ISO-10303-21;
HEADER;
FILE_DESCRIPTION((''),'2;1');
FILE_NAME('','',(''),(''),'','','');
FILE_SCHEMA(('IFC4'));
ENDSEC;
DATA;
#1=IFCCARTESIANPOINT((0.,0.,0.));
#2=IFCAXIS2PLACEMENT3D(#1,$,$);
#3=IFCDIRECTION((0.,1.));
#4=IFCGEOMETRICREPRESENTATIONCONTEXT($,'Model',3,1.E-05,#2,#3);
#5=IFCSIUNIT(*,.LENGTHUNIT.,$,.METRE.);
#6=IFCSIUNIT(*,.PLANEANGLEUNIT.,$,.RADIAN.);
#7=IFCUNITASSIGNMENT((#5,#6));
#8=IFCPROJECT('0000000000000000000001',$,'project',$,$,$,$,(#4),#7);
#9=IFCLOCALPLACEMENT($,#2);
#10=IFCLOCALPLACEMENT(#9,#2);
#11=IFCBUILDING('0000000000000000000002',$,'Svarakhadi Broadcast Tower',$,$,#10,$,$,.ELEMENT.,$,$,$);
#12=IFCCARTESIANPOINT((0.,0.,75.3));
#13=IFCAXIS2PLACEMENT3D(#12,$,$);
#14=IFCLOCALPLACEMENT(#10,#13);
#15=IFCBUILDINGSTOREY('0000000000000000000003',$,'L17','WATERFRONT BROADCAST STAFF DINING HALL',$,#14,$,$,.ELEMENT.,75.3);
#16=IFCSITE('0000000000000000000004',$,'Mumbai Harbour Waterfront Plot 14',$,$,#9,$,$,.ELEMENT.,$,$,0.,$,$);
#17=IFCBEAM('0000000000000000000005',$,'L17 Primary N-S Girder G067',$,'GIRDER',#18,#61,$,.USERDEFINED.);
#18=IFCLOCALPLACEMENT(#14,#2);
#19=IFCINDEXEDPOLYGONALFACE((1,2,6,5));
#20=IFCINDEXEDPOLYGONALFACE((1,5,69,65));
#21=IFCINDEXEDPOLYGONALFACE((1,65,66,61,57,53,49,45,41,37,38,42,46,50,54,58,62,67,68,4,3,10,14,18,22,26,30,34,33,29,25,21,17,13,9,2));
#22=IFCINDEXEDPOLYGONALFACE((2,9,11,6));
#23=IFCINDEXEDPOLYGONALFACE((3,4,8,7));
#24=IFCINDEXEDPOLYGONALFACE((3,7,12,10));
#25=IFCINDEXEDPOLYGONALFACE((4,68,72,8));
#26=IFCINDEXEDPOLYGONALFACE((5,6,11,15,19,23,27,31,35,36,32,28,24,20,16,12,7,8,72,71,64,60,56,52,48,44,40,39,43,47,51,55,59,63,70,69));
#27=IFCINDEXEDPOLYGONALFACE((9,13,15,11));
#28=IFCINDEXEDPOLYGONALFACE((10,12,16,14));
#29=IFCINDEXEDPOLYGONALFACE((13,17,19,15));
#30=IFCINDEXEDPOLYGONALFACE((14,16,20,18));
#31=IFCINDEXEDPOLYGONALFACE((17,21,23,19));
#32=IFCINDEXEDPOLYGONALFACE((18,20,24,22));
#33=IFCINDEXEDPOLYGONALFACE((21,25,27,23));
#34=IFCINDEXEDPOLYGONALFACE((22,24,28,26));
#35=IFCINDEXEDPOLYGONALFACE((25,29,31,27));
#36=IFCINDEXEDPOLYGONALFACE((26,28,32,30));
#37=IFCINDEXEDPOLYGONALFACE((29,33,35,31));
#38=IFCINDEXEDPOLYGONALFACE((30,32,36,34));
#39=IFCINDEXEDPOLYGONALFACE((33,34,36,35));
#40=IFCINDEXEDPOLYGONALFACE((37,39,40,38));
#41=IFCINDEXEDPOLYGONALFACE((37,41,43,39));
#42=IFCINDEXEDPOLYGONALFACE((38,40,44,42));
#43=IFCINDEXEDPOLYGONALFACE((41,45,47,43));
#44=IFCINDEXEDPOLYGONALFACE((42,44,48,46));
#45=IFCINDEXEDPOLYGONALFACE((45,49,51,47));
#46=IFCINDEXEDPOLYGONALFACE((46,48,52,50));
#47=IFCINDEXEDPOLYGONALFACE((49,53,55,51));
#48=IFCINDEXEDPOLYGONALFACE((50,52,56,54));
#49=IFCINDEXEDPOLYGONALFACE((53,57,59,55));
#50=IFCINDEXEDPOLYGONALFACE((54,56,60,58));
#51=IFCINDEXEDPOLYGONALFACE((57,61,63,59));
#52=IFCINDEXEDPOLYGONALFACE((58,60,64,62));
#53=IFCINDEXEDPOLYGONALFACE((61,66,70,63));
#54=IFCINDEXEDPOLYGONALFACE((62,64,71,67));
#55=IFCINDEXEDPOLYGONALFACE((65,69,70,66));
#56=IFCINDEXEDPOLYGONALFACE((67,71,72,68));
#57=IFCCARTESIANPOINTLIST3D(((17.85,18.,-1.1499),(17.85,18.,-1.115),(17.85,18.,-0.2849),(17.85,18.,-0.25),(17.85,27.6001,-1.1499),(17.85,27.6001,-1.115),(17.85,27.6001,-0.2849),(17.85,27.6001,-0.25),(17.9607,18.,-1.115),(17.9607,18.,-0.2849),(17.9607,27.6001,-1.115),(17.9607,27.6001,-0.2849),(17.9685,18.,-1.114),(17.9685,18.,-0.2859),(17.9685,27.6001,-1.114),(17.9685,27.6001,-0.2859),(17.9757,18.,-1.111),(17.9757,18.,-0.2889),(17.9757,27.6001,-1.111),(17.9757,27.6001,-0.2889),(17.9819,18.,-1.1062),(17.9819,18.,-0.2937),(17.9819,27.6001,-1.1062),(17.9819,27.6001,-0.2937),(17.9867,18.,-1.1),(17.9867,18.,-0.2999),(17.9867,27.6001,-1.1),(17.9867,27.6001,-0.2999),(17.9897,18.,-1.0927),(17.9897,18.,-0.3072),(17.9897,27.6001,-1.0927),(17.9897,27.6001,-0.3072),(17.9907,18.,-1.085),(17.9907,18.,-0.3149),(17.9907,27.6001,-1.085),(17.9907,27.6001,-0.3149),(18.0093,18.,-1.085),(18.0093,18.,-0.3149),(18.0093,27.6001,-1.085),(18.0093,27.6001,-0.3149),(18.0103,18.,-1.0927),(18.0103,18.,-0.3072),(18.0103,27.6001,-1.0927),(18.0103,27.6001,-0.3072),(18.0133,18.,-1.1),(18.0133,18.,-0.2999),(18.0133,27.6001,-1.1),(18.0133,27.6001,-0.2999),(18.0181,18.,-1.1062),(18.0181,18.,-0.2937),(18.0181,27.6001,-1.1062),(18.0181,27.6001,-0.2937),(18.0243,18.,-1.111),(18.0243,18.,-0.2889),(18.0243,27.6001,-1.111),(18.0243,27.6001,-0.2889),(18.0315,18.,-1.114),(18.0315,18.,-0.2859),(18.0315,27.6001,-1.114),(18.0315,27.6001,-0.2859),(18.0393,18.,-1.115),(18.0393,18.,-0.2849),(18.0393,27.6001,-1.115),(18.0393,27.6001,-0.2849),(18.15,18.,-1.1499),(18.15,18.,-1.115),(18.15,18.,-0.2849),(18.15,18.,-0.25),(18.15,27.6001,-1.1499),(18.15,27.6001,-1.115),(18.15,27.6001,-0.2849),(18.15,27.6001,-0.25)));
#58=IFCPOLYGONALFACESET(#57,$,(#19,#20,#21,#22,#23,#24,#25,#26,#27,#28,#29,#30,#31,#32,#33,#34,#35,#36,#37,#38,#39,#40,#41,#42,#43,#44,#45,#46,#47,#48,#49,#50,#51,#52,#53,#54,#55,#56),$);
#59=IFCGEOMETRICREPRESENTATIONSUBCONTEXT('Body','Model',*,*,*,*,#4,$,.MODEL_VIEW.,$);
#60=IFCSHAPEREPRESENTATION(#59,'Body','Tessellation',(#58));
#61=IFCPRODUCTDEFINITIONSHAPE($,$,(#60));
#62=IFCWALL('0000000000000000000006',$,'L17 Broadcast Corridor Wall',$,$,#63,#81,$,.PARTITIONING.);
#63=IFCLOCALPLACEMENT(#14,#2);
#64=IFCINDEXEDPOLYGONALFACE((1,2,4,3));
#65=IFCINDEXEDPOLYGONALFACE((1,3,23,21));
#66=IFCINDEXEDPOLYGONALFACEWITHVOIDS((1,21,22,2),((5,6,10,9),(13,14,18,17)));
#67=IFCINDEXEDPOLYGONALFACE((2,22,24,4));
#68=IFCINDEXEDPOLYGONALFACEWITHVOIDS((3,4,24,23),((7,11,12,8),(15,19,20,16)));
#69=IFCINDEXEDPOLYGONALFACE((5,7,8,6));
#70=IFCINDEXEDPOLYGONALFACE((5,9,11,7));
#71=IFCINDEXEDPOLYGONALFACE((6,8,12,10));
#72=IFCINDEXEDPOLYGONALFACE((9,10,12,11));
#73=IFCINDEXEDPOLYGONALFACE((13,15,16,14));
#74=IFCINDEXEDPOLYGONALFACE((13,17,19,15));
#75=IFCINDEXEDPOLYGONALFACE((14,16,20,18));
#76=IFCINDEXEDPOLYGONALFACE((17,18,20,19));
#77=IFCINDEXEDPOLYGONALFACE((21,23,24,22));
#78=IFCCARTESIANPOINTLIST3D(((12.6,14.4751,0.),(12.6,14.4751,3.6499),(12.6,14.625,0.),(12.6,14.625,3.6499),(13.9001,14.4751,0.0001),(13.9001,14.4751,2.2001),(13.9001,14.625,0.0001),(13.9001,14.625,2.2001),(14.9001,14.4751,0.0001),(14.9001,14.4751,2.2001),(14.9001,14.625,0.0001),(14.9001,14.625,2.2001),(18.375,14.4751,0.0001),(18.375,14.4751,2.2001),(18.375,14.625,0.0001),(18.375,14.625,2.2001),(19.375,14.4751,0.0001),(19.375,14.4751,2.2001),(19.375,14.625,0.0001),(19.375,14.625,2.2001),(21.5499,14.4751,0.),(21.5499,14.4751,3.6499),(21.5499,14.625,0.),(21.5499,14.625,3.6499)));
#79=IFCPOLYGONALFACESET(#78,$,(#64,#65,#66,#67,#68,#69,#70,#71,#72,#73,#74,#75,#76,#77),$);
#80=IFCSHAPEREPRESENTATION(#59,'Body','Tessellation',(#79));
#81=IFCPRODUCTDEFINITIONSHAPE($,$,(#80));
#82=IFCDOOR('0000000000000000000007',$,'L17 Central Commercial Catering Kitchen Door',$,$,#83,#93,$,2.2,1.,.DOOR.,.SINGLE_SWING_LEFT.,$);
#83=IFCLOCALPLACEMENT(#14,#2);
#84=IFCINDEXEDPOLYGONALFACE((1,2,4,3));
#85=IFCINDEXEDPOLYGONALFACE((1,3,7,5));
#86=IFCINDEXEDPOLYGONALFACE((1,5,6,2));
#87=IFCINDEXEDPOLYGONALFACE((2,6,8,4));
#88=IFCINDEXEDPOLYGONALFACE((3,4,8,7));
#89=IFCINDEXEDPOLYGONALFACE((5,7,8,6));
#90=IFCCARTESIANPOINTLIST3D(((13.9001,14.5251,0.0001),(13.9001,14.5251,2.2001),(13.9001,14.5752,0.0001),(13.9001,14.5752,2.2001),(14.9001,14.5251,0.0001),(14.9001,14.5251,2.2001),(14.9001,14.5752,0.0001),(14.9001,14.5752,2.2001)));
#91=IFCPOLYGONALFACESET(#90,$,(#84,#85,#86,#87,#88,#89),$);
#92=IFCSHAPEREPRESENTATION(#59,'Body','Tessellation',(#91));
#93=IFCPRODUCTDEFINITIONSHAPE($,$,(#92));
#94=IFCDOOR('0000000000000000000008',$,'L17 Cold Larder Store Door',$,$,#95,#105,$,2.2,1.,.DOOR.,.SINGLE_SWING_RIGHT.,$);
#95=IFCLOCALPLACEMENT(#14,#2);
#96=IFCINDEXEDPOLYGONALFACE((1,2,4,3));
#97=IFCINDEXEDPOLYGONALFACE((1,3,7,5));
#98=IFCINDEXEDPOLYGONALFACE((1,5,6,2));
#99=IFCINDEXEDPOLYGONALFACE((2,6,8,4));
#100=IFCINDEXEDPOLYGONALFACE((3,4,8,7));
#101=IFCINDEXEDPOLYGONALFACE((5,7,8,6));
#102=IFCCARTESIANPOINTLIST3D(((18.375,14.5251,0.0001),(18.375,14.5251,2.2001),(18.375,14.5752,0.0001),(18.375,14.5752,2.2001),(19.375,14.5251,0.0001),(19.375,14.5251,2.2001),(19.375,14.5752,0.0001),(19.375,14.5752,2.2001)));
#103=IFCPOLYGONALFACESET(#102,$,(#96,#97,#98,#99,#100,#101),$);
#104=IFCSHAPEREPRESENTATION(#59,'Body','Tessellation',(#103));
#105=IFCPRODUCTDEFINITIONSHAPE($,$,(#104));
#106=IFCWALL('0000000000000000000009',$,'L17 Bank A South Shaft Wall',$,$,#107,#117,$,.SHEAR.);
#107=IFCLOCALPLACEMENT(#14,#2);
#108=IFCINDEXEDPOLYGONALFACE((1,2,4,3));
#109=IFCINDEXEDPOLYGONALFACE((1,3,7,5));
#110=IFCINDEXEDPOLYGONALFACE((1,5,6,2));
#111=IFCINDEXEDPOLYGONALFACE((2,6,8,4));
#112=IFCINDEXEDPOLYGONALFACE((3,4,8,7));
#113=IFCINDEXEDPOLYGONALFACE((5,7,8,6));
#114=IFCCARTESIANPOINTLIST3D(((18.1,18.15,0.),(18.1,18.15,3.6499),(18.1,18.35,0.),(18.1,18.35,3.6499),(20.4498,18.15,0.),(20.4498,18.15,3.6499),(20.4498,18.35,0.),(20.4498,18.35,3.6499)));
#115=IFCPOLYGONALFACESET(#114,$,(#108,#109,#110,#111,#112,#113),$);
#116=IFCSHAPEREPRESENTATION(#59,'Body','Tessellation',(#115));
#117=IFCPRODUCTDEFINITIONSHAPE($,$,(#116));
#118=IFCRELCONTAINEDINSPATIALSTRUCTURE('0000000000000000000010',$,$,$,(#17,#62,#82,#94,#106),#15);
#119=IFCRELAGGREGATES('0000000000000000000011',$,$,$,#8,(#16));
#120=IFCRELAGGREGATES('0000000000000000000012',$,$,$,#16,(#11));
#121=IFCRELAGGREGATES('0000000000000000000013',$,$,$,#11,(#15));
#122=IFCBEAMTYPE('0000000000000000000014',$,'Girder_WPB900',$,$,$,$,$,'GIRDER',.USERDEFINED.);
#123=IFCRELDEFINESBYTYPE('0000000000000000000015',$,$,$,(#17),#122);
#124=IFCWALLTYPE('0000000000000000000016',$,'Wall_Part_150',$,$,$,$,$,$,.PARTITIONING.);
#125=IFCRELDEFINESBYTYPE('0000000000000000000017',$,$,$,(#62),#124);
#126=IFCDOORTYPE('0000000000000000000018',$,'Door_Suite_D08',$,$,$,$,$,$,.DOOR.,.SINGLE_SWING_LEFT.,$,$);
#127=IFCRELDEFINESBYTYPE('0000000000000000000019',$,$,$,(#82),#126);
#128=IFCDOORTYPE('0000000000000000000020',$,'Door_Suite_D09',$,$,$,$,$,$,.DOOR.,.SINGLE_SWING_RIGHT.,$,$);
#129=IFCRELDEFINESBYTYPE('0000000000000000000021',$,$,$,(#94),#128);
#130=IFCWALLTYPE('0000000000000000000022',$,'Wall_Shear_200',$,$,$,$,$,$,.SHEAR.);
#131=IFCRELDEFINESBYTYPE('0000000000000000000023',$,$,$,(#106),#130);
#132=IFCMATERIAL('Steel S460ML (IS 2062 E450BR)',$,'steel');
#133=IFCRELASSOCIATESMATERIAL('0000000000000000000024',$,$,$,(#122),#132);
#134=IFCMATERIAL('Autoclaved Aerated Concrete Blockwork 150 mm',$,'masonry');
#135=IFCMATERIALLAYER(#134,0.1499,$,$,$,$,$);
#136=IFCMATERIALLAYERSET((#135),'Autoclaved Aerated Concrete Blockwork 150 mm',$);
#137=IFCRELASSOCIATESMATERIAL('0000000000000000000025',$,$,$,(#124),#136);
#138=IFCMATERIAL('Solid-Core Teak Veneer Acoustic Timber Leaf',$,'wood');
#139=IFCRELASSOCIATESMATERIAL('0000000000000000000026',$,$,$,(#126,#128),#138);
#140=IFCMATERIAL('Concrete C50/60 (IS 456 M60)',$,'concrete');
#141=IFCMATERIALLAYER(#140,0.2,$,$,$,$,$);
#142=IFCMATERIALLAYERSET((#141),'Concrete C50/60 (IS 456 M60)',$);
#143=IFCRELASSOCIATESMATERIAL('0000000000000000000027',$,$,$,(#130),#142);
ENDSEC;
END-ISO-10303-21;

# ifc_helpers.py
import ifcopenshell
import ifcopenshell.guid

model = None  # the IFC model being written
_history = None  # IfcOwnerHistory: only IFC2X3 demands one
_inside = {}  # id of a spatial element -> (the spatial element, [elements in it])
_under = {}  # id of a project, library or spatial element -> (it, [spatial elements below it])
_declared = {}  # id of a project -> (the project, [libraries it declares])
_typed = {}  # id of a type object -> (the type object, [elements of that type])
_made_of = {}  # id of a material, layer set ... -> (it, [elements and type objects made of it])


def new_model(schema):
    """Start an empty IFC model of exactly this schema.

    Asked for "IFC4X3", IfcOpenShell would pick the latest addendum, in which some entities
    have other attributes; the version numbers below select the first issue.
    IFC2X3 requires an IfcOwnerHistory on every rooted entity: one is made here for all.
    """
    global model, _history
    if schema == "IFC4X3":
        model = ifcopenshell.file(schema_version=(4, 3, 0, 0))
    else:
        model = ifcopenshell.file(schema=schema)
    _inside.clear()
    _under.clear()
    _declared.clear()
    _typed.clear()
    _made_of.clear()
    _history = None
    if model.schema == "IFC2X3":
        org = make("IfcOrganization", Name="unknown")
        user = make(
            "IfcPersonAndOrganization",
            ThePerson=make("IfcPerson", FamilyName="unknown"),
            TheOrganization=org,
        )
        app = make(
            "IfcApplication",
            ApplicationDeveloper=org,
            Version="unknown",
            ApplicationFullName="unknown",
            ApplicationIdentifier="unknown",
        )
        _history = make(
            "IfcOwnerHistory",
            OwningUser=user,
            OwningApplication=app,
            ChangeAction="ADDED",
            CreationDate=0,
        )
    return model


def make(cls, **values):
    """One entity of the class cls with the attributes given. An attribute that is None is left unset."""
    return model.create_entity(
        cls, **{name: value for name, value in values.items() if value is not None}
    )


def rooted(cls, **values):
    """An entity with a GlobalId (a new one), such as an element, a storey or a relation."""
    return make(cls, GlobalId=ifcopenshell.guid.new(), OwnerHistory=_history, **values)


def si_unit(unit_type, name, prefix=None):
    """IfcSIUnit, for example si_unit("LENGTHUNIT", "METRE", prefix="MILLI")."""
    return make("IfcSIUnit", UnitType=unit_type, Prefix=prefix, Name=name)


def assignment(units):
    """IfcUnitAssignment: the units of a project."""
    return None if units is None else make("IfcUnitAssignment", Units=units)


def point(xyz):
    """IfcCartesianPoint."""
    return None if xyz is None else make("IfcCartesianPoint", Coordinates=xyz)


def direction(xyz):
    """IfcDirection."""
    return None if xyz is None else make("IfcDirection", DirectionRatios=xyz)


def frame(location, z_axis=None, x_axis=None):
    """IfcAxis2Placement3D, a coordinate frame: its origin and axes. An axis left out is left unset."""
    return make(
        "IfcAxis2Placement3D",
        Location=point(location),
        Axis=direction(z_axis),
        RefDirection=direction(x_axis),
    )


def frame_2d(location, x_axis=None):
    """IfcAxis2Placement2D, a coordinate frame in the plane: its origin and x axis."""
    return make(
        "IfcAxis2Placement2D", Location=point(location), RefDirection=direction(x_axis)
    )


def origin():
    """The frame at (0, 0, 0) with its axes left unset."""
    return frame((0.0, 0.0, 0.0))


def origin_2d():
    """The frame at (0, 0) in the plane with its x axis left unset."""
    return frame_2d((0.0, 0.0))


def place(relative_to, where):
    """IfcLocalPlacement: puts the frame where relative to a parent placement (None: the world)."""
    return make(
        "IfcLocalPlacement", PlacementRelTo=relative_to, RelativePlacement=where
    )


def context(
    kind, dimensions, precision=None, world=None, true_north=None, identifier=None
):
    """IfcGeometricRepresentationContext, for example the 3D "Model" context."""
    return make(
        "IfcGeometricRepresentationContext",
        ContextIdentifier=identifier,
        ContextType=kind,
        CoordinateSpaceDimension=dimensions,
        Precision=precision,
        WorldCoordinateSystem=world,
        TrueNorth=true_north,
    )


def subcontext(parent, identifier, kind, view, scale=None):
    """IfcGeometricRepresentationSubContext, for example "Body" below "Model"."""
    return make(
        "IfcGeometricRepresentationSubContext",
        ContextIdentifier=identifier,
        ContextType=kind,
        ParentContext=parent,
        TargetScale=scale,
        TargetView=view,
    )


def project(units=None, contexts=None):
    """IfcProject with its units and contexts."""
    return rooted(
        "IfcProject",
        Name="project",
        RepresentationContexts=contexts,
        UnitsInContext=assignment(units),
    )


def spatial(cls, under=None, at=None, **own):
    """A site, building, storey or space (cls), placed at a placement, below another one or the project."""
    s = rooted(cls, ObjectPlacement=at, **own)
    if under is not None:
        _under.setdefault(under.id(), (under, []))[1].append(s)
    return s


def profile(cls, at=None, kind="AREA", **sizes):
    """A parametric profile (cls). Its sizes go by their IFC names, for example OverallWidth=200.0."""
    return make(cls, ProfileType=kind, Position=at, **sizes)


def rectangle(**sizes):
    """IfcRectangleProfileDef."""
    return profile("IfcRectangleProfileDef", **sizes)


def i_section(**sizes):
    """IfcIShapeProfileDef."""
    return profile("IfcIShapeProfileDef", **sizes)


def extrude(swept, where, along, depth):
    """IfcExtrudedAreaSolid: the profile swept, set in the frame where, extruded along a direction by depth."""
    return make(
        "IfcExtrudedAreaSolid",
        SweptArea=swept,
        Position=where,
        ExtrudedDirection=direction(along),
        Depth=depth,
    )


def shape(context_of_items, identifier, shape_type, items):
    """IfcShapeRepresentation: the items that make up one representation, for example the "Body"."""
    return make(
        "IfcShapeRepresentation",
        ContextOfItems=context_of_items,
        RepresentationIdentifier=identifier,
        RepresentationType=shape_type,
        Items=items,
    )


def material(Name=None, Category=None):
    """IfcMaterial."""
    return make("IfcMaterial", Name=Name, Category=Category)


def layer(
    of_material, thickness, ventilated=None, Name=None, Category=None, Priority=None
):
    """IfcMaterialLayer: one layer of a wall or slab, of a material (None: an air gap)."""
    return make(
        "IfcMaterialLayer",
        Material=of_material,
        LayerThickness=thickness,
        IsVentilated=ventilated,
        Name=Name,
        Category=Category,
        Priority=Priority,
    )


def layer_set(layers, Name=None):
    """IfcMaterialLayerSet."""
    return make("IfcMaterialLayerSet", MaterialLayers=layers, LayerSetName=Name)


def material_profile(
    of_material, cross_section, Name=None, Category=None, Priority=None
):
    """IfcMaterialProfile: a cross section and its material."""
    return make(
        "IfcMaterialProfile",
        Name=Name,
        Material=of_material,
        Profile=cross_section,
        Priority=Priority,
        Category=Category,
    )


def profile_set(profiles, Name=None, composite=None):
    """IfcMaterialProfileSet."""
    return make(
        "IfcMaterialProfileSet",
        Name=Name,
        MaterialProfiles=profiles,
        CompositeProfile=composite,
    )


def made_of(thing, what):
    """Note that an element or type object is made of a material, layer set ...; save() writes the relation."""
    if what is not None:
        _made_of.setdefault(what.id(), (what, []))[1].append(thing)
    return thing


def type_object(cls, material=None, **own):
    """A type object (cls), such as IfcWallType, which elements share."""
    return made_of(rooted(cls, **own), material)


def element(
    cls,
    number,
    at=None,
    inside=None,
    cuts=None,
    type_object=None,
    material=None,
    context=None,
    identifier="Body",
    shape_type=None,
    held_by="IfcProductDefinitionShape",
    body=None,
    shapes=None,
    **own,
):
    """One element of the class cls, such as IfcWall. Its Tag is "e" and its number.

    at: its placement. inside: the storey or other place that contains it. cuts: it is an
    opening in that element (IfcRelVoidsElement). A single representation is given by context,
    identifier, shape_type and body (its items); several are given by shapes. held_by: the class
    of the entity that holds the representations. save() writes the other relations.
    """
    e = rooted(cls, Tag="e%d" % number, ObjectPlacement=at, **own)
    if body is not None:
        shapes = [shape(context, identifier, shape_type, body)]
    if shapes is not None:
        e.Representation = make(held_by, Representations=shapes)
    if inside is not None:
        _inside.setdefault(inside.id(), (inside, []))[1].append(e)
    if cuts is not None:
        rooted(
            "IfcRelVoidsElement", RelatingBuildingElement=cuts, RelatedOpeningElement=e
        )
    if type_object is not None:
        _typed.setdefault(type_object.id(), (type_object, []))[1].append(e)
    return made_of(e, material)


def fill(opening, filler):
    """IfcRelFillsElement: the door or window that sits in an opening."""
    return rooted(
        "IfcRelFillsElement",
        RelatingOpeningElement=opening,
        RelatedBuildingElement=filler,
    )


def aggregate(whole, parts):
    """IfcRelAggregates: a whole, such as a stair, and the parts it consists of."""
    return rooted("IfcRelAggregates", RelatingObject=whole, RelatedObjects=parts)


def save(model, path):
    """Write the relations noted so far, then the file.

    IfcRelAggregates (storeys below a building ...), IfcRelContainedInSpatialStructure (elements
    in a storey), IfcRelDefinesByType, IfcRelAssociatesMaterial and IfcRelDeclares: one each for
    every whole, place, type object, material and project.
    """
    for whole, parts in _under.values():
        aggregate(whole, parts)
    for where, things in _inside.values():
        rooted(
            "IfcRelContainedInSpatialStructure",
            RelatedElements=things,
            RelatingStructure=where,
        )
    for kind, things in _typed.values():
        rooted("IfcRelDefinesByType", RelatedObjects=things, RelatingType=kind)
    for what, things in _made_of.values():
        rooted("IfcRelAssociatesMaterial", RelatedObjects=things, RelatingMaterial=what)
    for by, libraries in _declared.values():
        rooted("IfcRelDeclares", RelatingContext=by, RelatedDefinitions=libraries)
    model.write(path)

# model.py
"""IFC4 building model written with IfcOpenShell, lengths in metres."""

from ifc_helpers import new_model, si_unit, direction, frame, frame_2d, origin, origin_2d, place, context, subcontext, project, spatial, rectangle, i_section, extrude, material, layer, layer_set, material_profile, profile_set, type_object, element, fill, save


model = new_model("IFC4")

# Units and contexts
model_context = context("Model", 3, precision=1e-05, world=origin(), true_north=direction((0.0, 1.0)))
body_context = subcontext(model_context, "Body", "Model", "MODEL_VIEW")
ifc_project = project(units=[si_unit("LENGTHUNIT", "METRE"), si_unit("PLANEANGLEUNIT", "RADIAN")], contexts=[model_context])

# Site, building, storey
site_placement = place(None, origin())
site = spatial("IfcSite", under=ifc_project, at=site_placement, Name="Mumbai Harbour Waterfront Plot 14", CompositionType="ELEMENT", RefElevation=0.0)
building_placement = place(site_placement, origin())
building = spatial("IfcBuilding", under=site, at=building_placement, Name="Svarakhadi Broadcast Tower", CompositionType="ELEMENT")
storey_placement = place(building_placement, frame((0.0, 0.0, 75.3)))
storey = spatial("IfcBuildingStorey", under=building, at=storey_placement, Name="L17", Description="WATERFRONT BROADCAST STAFF DINING HALL", CompositionType="ELEMENT", Elevation=75.3)

# Beam
ifc_material_1 = material(Name="Steel S460ML (IS 2062 E450BR)", Category="steel")
ifc_material_profile_1 = material_profile(ifc_material_1, i_section(OverallWidth=0.3, OverallDepth=0.8999, WebThickness=0.0186, FlangeThickness=0.0349, FilletRadius=0.03, at=origin_2d()), Name="WPB 900x300x291")
ifc_profile_set_1 = profile_set([ifc_material_profile_1], Name="Steel S460ML (IS 2062 E450BR)")
beam_type_1 = type_object("IfcBeamType", Name="Girder_WPB900", ElementType="GIRDER", PredefinedType="USERDEFINED", material=ifc_profile_set_1)
for number, where, z_axis, x_axis, name in (
    (1, (18.0, 18.0, -0.7), (0.0, 1.0, 0.0), (-1.0, 0.0, 0.0), "L17 Primary N-S Girder G067"),
):
    element("IfcBeam", number, at=place(storey_placement, frame(where, z_axis=z_axis, x_axis=x_axis)), inside=storey, type_object=beam_type_1, Name=name, ObjectType="GIRDER", PredefinedType="USERDEFINED", context=body_context, shape_type="SweptSolid", body=[
        extrude(i_section(OverallWidth=0.3, OverallDepth=0.8999, WebThickness=0.0186, FlangeThickness=0.0349, FilletRadius=0.03, at=origin_2d()), origin(), (0.0, 0.0, 1.0), 9.6001),
    ])

# Wall, openings, doors
ifc_material_2 = material(Name="Autoclaved Aerated Concrete Blockwork 150 mm", Category="masonry")
ifc_layer_1 = layer(ifc_material_2, 0.1499)
ifc_layer_set_1 = layer_set([ifc_layer_1], Name="Autoclaved Aerated Concrete Blockwork 150 mm")
wall_type_1 = type_object("IfcWallType", Name="Wall_Part_150", PredefinedType="PARTITIONING", material=ifc_layer_set_1)
wall_1_placement = place(storey_placement, frame((21.55, 14.55, 0.0), z_axis=(0.0, 0.0, 1.0), x_axis=(-1.0, 0.0, 0.0)))
wall_1 = element("IfcWall", 2, at=wall_1_placement, inside=storey, type_object=wall_type_1, Name="L17 Broadcast Corridor Wall", PredefinedType="PARTITIONING", context=body_context, shape_type="SweptSolid", body=[
    extrude(rectangle(XDim=8.95, YDim=0.1499, at=frame_2d((4.4751, 0.0))), origin(), (0.0, 0.0, 1.0), 3.6499),
])
opening_1_placement = place(wall_1_placement, frame((6.6499, 0.0, 0.0)))
opening_1 = element("IfcOpeningElement", 3, at=opening_1_placement, cuts=wall_1, PredefinedType="OPENING", context=body_context, shape_type="SweptSolid", body=[
    extrude(rectangle(XDim=1.0, YDim=2.2, at=frame_2d((0.5, 1.1001))), frame((0.0, 0.085, 0.0), z_axis=(0.0, -1.0, 0.0), x_axis=(1.0, 0.0, 0.0)), (0.0, 0.0, 1.0), 0.1699),
])
opening_2_placement = place(wall_1_placement, frame((2.175, 0.0, 0.0)))
opening_2 = element("IfcOpeningElement", 4, at=opening_2_placement, cuts=wall_1, PredefinedType="OPENING", context=body_context, shape_type="SweptSolid", body=[
    extrude(rectangle(XDim=1.0, YDim=2.2, at=frame_2d((0.5, 1.1001))), frame((0.0, 0.085, 0.0), z_axis=(0.0, -1.0, 0.0), x_axis=(1.0, 0.0, 0.0)), (0.0, 0.0, 1.0), 0.1699),
])
ifc_material_3 = material(Name="Solid-Core Teak Veneer Acoustic Timber Leaf", Category="wood")
door_type_1 = type_object("IfcDoorType", Name="Door_Suite_D08", OperationType="SINGLE_SWING_LEFT", PredefinedType="DOOR", material=ifc_material_3)
door_1_placement = place(opening_1_placement, origin())
door_1 = element("IfcDoor", 5, at=door_1_placement, inside=storey, type_object=door_type_1, Name="L17 Central Commercial Catering Kitchen Door", OperationType="SINGLE_SWING_LEFT", OverallHeight=2.2, OverallWidth=1.0, PredefinedType="DOOR", context=body_context, shape_type="SweptSolid", body=[
    extrude(rectangle(XDim=1.0, YDim=2.2, at=frame_2d((0.5, 1.1001))), frame((0.0, 0.0249, 0.0), z_axis=(0.0, -1.0, 0.0), x_axis=(1.0, 0.0, 0.0)), (0.0, 0.0, 1.0), 0.05),
])
fill(opening_1, door_1)
door_type_2 = type_object("IfcDoorType", Name="Door_Suite_D09", OperationType="SINGLE_SWING_RIGHT", PredefinedType="DOOR", material=ifc_material_3)
door_2_placement = place(opening_2_placement, origin())
door_2 = element("IfcDoor", 6, at=door_2_placement, inside=storey, type_object=door_type_2, Name="L17 Cold Larder Store Door", OperationType="SINGLE_SWING_RIGHT", OverallHeight=2.2, OverallWidth=1.0, PredefinedType="DOOR", context=body_context, shape_type="SweptSolid", body=[
    extrude(rectangle(XDim=1.0, YDim=2.2, at=frame_2d((0.5, 1.1001))), frame((0.0, 0.0249, 0.0), z_axis=(0.0, -1.0, 0.0), x_axis=(1.0, 0.0, 0.0)), (0.0, 0.0, 1.0), 0.05),
])
fill(opening_2, door_2)

# Wall
ifc_material_4 = material(Name="Concrete C50/60 (IS 456 M60)", Category="concrete")
ifc_layer_2 = layer(ifc_material_4, 0.2)
ifc_layer_set_2 = layer_set([ifc_layer_2], Name="Concrete C50/60 (IS 456 M60)")
wall_type_2 = type_object("IfcWallType", Name="Wall_Shear_200", PredefinedType="SHEAR", material=ifc_layer_set_2)
wall_2_placement = place(storey_placement, frame((18.1001, 18.25, 0.0), z_axis=(0.0, 0.0, 1.0), x_axis=(1.0, 0.0, 0.0)))
element("IfcWall", 7, at=wall_2_placement, inside=storey, type_object=wall_type_2, Name="L17 Bank A South Shaft Wall", PredefinedType="SHEAR", context=body_context, shape_type="SweptSolid", body=[
    extrude(rectangle(XDim=2.3499, YDim=0.2, at=frame_2d((1.1748, 0.0))), origin(), (0.0, 0.0, 1.0), 3.6499),
])

save(model, "model.ifc")
